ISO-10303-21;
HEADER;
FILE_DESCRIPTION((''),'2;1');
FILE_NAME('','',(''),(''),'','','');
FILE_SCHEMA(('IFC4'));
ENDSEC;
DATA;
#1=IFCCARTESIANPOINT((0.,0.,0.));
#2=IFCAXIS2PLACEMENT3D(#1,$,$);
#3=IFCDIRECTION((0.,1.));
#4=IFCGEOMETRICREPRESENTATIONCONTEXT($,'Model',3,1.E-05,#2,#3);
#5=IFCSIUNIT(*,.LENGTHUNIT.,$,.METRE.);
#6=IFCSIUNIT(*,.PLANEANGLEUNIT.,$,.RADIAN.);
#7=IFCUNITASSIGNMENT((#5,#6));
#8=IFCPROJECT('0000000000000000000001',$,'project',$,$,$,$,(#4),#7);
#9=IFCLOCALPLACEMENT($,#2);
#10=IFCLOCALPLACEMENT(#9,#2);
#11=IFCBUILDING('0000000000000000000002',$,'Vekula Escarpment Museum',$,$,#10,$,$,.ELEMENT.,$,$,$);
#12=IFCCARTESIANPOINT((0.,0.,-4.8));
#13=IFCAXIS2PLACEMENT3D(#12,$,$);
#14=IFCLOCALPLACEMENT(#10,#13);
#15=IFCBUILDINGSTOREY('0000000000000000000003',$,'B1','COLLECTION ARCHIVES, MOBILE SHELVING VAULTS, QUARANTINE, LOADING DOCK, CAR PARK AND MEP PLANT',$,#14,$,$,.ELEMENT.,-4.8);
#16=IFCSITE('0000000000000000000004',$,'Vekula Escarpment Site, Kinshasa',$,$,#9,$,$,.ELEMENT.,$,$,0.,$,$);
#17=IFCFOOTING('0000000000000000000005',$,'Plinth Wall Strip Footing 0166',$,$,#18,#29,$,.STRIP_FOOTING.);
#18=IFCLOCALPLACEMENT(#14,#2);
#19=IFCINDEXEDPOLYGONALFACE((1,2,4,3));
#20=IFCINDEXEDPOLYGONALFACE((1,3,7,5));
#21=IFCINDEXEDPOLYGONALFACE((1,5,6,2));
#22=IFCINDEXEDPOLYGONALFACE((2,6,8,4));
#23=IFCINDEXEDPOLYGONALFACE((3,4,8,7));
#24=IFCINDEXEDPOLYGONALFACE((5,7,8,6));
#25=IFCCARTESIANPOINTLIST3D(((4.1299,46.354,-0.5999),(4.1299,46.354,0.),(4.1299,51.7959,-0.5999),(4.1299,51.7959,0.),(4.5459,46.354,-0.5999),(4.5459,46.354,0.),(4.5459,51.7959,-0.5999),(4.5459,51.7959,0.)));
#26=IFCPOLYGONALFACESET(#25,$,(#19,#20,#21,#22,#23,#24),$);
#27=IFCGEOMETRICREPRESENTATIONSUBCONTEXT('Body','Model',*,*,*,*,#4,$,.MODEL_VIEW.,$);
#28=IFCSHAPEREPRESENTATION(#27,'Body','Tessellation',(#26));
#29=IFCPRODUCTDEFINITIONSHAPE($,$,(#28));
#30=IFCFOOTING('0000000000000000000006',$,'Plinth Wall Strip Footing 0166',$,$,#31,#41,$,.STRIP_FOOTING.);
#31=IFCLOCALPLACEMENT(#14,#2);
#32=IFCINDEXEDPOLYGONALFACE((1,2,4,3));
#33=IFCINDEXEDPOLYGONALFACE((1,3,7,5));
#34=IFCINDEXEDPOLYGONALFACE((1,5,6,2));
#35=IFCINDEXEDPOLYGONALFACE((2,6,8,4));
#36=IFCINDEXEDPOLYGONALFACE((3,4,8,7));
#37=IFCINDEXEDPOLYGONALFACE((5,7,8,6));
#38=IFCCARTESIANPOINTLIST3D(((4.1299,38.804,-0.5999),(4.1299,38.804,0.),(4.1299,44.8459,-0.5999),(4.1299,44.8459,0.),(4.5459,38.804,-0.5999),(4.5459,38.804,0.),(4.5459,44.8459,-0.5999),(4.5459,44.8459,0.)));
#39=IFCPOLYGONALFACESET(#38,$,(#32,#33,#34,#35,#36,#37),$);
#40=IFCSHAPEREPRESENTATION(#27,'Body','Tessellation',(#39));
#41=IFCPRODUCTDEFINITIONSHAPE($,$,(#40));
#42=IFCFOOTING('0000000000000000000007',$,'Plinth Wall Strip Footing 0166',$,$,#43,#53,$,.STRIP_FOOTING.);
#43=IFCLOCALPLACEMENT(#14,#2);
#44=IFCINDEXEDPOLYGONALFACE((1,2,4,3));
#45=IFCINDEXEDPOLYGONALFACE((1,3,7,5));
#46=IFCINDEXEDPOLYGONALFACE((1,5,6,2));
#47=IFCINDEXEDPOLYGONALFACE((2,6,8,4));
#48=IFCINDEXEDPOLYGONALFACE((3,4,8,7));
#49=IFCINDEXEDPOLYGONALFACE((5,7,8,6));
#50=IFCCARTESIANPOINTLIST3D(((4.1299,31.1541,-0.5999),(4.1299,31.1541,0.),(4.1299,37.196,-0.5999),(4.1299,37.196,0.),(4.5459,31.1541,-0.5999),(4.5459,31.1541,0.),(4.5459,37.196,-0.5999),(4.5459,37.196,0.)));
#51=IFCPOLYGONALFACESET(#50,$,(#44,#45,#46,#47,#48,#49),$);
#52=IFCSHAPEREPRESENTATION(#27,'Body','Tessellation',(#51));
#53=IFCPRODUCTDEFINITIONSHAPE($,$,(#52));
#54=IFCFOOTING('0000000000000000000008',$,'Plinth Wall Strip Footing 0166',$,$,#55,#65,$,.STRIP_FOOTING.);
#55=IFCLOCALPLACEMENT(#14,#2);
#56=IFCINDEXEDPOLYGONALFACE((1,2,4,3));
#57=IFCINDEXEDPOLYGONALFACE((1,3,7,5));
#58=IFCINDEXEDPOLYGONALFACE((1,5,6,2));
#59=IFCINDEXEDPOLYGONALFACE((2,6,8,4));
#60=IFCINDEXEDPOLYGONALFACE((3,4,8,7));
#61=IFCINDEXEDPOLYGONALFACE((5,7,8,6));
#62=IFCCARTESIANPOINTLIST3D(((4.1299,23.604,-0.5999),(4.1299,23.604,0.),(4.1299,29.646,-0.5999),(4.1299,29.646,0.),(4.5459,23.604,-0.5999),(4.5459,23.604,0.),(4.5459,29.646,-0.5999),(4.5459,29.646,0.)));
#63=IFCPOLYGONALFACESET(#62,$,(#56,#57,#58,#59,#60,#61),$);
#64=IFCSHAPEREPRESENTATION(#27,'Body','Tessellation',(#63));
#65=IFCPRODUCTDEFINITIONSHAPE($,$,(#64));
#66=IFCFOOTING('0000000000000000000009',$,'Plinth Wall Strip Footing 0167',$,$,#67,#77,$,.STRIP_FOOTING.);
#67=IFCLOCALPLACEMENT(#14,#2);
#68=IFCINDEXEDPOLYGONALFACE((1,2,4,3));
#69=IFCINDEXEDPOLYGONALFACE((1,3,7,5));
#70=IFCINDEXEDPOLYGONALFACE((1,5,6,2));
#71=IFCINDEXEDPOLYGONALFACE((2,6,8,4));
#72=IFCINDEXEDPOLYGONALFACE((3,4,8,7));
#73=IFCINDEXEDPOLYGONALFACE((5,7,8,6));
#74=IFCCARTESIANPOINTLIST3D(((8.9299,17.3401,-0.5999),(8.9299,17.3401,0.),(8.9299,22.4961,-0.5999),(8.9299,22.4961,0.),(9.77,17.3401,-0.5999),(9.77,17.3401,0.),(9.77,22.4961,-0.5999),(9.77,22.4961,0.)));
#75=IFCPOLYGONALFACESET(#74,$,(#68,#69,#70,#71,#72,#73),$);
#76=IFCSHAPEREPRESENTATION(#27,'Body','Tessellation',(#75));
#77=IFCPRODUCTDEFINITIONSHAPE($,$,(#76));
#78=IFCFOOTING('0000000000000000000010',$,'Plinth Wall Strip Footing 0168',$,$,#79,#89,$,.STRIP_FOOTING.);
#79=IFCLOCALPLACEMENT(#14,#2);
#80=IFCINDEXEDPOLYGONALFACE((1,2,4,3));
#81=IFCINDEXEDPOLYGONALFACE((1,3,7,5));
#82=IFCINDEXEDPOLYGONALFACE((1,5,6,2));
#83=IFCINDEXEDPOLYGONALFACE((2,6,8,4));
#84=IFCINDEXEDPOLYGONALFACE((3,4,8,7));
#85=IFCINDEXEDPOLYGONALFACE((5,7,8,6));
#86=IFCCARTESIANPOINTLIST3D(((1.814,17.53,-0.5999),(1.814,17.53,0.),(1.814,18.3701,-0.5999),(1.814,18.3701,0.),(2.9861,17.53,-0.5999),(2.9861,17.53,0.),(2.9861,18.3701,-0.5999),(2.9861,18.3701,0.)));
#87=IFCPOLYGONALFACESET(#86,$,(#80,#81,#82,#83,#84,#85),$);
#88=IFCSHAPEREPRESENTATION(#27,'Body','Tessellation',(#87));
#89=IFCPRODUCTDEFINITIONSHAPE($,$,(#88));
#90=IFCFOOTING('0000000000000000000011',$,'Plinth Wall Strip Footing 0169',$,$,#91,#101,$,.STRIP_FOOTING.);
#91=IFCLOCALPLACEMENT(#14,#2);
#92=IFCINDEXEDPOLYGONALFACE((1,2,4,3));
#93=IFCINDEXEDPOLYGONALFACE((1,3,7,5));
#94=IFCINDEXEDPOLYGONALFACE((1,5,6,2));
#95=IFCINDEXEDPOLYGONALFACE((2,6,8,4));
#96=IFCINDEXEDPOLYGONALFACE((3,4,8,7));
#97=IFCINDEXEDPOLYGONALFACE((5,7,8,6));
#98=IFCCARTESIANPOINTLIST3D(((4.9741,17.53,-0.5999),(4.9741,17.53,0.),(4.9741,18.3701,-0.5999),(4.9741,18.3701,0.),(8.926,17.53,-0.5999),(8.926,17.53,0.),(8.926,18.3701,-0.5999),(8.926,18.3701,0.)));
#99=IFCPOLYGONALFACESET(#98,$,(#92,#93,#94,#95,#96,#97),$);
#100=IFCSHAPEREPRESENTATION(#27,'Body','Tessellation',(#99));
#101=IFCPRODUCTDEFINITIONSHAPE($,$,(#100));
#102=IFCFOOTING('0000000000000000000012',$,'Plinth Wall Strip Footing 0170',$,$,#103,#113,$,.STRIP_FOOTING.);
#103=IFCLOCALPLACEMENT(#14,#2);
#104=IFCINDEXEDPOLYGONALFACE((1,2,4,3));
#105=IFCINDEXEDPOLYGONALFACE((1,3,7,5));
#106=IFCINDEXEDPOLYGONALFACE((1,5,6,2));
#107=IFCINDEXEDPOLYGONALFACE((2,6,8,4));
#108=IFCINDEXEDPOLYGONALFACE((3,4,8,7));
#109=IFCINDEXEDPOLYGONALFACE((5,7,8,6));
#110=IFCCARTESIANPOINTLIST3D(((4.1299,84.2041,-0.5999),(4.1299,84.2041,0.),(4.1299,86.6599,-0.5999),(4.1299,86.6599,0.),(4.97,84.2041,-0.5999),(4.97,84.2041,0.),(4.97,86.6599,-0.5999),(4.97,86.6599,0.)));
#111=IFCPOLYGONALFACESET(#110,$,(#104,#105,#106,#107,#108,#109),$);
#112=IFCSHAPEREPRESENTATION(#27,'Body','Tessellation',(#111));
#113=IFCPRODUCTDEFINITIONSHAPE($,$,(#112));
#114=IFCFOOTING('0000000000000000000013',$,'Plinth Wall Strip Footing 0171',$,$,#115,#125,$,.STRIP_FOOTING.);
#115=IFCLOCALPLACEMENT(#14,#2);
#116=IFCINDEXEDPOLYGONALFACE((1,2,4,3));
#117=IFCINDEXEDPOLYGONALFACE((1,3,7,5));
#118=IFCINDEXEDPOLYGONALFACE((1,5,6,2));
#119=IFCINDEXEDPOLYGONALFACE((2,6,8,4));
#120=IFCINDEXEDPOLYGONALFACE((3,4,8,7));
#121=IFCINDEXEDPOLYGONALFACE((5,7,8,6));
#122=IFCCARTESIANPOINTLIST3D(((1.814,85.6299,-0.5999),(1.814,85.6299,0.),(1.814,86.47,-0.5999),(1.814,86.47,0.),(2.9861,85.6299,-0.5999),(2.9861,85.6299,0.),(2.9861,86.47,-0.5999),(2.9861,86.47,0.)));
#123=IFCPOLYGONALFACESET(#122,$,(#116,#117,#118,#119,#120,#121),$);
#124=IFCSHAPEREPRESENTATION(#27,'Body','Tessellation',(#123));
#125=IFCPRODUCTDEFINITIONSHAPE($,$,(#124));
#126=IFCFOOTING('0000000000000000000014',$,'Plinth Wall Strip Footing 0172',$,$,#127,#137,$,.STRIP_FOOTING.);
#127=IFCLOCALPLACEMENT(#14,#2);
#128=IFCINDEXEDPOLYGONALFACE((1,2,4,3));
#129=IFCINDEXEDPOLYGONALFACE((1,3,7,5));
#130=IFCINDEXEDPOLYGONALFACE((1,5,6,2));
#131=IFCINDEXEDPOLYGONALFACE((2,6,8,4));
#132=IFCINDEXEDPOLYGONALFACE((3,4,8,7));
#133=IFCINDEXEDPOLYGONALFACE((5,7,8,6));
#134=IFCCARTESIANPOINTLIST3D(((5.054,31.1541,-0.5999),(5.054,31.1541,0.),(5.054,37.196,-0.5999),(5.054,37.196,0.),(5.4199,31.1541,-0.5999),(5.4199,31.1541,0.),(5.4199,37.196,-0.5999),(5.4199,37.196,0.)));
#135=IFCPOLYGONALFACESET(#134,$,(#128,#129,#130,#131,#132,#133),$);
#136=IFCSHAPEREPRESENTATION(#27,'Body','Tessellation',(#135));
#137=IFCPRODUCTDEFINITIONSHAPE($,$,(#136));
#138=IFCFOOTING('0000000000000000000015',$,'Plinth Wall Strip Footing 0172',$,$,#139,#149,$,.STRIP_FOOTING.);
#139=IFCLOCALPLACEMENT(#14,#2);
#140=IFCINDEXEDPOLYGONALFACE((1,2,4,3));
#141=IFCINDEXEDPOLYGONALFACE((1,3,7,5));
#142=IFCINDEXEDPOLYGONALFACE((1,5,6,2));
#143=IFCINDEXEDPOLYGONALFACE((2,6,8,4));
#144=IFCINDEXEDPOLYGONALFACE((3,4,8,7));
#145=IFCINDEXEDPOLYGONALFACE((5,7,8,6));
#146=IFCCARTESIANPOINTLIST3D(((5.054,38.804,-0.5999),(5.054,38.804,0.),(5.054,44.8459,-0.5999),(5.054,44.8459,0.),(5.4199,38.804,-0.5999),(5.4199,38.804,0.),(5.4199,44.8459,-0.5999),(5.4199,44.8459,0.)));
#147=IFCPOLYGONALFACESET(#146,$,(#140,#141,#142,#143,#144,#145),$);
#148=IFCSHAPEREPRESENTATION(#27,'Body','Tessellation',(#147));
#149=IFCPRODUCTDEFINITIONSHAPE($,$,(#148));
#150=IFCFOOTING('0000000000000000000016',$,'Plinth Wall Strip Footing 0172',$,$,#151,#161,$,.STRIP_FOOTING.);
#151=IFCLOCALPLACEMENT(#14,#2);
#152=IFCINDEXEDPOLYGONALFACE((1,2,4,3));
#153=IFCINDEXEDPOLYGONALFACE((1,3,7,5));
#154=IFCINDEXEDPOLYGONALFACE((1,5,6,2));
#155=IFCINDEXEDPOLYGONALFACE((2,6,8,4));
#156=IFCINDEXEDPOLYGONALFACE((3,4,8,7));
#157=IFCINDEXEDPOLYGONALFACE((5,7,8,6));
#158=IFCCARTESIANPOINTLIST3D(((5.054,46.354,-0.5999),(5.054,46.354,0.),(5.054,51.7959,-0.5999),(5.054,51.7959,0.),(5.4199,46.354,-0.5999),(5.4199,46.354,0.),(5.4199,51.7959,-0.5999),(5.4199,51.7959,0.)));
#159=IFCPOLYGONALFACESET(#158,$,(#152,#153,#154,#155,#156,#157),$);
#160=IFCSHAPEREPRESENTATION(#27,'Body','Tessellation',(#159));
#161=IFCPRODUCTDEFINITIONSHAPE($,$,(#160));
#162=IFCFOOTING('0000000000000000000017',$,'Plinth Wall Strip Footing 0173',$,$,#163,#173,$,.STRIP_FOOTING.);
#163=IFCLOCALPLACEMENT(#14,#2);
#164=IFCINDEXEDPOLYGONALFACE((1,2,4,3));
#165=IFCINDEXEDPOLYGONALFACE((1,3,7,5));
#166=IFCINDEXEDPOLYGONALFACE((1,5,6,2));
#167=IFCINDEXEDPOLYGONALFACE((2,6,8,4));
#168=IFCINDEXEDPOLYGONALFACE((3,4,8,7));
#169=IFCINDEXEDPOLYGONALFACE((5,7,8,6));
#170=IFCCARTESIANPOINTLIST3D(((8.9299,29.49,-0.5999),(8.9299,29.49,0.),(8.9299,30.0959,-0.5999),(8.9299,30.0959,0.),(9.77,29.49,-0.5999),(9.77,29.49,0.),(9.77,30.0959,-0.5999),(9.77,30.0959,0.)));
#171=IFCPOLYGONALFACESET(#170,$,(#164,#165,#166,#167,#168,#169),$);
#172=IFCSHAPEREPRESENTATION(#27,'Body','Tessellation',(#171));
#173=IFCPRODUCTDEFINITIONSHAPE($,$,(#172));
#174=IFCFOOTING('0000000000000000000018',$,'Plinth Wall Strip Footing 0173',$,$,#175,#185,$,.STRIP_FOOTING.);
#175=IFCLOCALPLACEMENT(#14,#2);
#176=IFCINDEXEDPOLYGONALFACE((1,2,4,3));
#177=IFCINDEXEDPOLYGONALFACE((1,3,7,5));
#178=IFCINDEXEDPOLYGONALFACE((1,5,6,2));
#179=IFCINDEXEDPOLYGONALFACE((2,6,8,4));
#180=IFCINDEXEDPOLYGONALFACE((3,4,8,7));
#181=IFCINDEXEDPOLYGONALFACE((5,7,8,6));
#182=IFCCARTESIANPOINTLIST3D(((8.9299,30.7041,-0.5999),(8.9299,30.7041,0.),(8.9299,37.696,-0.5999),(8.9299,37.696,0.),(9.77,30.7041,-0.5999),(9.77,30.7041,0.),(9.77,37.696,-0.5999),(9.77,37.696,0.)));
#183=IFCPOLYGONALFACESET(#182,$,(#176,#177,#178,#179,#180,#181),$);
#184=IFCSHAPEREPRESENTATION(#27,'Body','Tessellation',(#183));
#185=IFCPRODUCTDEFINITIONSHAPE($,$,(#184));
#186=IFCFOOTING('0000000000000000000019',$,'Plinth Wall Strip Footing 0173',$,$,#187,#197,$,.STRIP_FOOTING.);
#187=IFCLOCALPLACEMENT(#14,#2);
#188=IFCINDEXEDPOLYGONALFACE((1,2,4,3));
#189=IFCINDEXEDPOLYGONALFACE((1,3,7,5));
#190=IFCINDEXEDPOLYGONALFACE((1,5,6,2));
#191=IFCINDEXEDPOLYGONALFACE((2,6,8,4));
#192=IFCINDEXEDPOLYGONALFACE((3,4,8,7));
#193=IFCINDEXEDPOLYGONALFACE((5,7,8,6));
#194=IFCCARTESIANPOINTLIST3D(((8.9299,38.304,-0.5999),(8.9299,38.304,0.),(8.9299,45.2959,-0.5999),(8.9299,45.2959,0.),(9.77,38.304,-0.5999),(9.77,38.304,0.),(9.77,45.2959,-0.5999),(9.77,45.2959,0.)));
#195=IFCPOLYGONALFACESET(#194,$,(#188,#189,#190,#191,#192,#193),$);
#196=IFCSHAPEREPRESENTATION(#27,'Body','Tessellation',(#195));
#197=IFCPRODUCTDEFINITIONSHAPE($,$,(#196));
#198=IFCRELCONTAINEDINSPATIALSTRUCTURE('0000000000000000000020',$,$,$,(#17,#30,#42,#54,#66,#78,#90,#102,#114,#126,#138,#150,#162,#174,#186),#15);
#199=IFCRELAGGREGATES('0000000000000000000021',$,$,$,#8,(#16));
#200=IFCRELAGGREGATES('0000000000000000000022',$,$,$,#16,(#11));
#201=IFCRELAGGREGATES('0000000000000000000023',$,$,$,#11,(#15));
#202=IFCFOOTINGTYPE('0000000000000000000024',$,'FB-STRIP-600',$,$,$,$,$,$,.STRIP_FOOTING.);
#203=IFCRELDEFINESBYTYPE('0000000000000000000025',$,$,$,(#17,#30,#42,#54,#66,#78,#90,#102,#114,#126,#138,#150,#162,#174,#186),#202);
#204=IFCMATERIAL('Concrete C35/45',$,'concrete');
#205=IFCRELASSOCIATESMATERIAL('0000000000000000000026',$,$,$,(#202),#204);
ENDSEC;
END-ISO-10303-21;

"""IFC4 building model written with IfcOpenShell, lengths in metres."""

from ifc_helpers import new_model, si_unit, direction, frame, origin, place, context, subcontext, project, spatial, polyline, outline, extrude, material, type_object, element, save


model = new_model("IFC4")

# Units and contexts
model_context = context("Model", 3, precision=1e-05, world=origin(), true_north=direction((0.0, 1.0)))
body_context = subcontext(model_context, "Body", "Model", "MODEL_VIEW")
ifc_project = project(units=[si_unit("LENGTHUNIT", "METRE"), si_unit("PLANEANGLEUNIT", "RADIAN")], contexts=[model_context])

# Site, building, storey
site_placement = place(None, origin())
site = spatial("IfcSite", under=ifc_project, at=site_placement, Name="Vekula Escarpment Site, Kinshasa", CompositionType="ELEMENT", RefElevation=0.0)
building_placement = place(site_placement, origin())
building = spatial("IfcBuilding", under=site, at=building_placement, Name="Vekula Escarpment Museum", CompositionType="ELEMENT")
storey_placement = place(building_placement, frame((0.0, 0.0, -4.8)))
storey = spatial("IfcBuildingStorey", under=building, at=storey_placement, Name="B1", Description="COLLECTION ARCHIVES, MOBILE SHELVING VAULTS, QUARANTINE, LOADING DOCK, CAR PARK AND MEP PLANT", CompositionType="ELEMENT", Elevation=-4.8)

# Footings
ifc_material = material(Name="Concrete C35/45", Category="concrete")
footing_type = type_object("IfcFootingType", Name="FB-STRIP-600", PredefinedType="STRIP_FOOTING", material=ifc_material)
footing_1_placement = place(storey_placement, frame((0.0, 0.0, -0.5999)))
element("IfcFooting", 1, at=footing_1_placement, inside=storey, type_object=footing_type, Name="Plinth Wall Strip Footing 0166", PredefinedType="STRIP_FOOTING", context=body_context, shape_type="SweptSolid", body=[
    extrude(outline(polyline([(4.1299, 51.7959), (4.5459, 51.7959), (4.5459, 46.354), (4.1299, 46.354), (4.1299, 51.7959)])), origin(), (0.0, 0.0, 1.0), 0.5999),
])
footing_2_placement = place(storey_placement, frame((0.0, 0.0, -0.5999)))
element("IfcFooting", 2, at=footing_2_placement, inside=storey, type_object=footing_type, Name="Plinth Wall Strip Footing 0166", PredefinedType="STRIP_FOOTING", context=body_context, shape_type="SweptSolid", body=[
    extrude(outline(polyline([(4.1299, 44.8459), (4.5459, 44.8459), (4.5459, 38.804), (4.1299, 38.804), (4.1299, 44.8459)])), origin(), (0.0, 0.0, 1.0), 0.5999),
])
footing_3_placement = place(storey_placement, frame((0.0, 0.0, -0.5999)))
element("IfcFooting", 3, at=footing_3_placement, inside=storey, type_object=footing_type, Name="Plinth Wall Strip Footing 0166", PredefinedType="STRIP_FOOTING", context=body_context, shape_type="SweptSolid", body=[
    extrude(outline(polyline([(4.1299, 37.196), (4.5459, 37.196), (4.5459, 31.1541), (4.1299, 31.1541), (4.1299, 37.196)])), origin(), (0.0, 0.0, 1.0), 0.5999),
])
footing_4_placement = place(storey_placement, frame((0.0, 0.0, -0.5999)))
element("IfcFooting", 4, at=footing_4_placement, inside=storey, type_object=footing_type, Name="Plinth Wall Strip Footing 0166", PredefinedType="STRIP_FOOTING", context=body_context, shape_type="SweptSolid", body=[
    extrude(outline(polyline([(4.1299, 29.646), (4.5459, 29.646), (4.5459, 23.604), (4.1299, 23.604), (4.1299, 29.646)])), origin(), (0.0, 0.0, 1.0), 0.5999),
])
footing_5_placement = place(storey_placement, frame((0.0, 0.0, -0.5999)))
element("IfcFooting", 5, at=footing_5_placement, inside=storey, type_object=footing_type, Name="Plinth Wall Strip Footing 0167", PredefinedType="STRIP_FOOTING", context=body_context, shape_type="SweptSolid", body=[
    extrude(outline(polyline([(9.77, 17.3401), (8.9299, 17.3401), (8.9299, 22.4961), (9.77, 22.4961), (9.77, 17.3401)])), origin(), (0.0, 0.0, 1.0), 0.5999),
])
footing_6_placement = place(storey_placement, frame((0.0, 0.0, -0.5999)))
element("IfcFooting", 6, at=footing_6_placement, inside=storey, type_object=footing_type, Name="Plinth Wall Strip Footing 0168", PredefinedType="STRIP_FOOTING", context=body_context, shape_type="SweptSolid", body=[
    extrude(outline(polyline([(1.814, 17.53), (1.814, 18.3701), (2.9861, 18.3701), (2.9861, 17.53), (1.814, 17.53)])), origin(), (0.0, 0.0, 1.0), 0.5999),
])
footing_7_placement = place(storey_placement, frame((0.0, 0.0, -0.5999)))
element("IfcFooting", 7, at=footing_7_placement, inside=storey, type_object=footing_type, Name="Plinth Wall Strip Footing 0169", PredefinedType="STRIP_FOOTING", context=body_context, shape_type="SweptSolid", body=[
    extrude(outline(polyline([(4.9741, 17.53), (4.9741, 18.3701), (8.926, 18.3701), (8.926, 17.53), (4.9741, 17.53)])), origin(), (0.0, 0.0, 1.0), 0.5999),
])
footing_8_placement = place(storey_placement, frame((0.0, 0.0, -0.5999)))
element("IfcFooting", 8, at=footing_8_placement, inside=storey, type_object=footing_type, Name="Plinth Wall Strip Footing 0170", PredefinedType="STRIP_FOOTING", context=body_context, shape_type="SweptSolid", body=[
    extrude(outline(polyline([(4.1299, 86.6599), (4.97, 86.6599), (4.97, 84.2041), (4.1299, 84.2041), (4.1299, 86.6599)])), origin(), (0.0, 0.0, 1.0), 0.5999),
])
footing_9_placement = place(storey_placement, frame((0.0, 0.0, -0.5999)))
element("IfcFooting", 9, at=footing_9_placement, inside=storey, type_object=footing_type, Name="Plinth Wall Strip Footing 0171", PredefinedType="STRIP_FOOTING", context=body_context, shape_type="SweptSolid", body=[
    extrude(outline(polyline([(1.814, 85.6299), (1.814, 86.47), (2.9861, 86.47), (2.9861, 85.6299), (1.814, 85.6299)])), origin(), (0.0, 0.0, 1.0), 0.5999),
])
footing_10_placement = place(storey_placement, frame((0.0, 0.0, -0.5999)))
element("IfcFooting", 10, at=footing_10_placement, inside=storey, type_object=footing_type, Name="Plinth Wall Strip Footing 0172", PredefinedType="STRIP_FOOTING", context=body_context, shape_type="SweptSolid", body=[
    extrude(outline(polyline([(5.4199, 31.1541), (5.054, 31.1541), (5.054, 37.196), (5.4199, 37.196), (5.4199, 31.1541)])), origin(), (0.0, 0.0, 1.0), 0.5999),
])
footing_11_placement = place(storey_placement, frame((0.0, 0.0, -0.5999)))
element("IfcFooting", 11, at=footing_11_placement, inside=storey, type_object=footing_type, Name="Plinth Wall Strip Footing 0172", PredefinedType="STRIP_FOOTING", context=body_context, shape_type="SweptSolid", body=[
    extrude(outline(polyline([(5.4199, 38.804), (5.054, 38.804), (5.054, 44.8459), (5.4199, 44.8459), (5.4199, 38.804)])), origin(), (0.0, 0.0, 1.0), 0.5999),
])
footing_12_placement = place(storey_placement, frame((0.0, 0.0, -0.5999)))
element("IfcFooting", 12, at=footing_12_placement, inside=storey, type_object=footing_type, Name="Plinth Wall Strip Footing 0172", PredefinedType="STRIP_FOOTING", context=body_context, shape_type="SweptSolid", body=[
    extrude(outline(polyline([(5.4199, 46.354), (5.054, 46.354), (5.054, 51.7959), (5.4199, 51.7959), (5.4199, 46.354)])), origin(), (0.0, 0.0, 1.0), 0.5999),
])
footing_13_placement = place(storey_placement, frame((0.0, 0.0, -0.5999)))
element("IfcFooting", 13, at=footing_13_placement, inside=storey, type_object=footing_type, Name="Plinth Wall Strip Footing 0173", PredefinedType="STRIP_FOOTING", context=body_context, shape_type="SweptSolid", body=[
    extrude(outline(polyline([(9.77, 29.49), (8.9299, 29.49), (8.9299, 30.0959), (9.77, 30.0959), (9.77, 29.49)])), origin(), (0.0, 0.0, 1.0), 0.5999),
])
footing_14_placement = place(storey_placement, frame((0.0, 0.0, -0.5999)))
element("IfcFooting", 14, at=footing_14_placement, inside=storey, type_object=footing_type, Name="Plinth Wall Strip Footing 0173", PredefinedType="STRIP_FOOTING", context=body_context, shape_type="SweptSolid", body=[
    extrude(outline(polyline([(9.77, 30.7041), (8.9299, 30.7041), (8.9299, 37.696), (9.77, 37.696), (9.77, 30.7041)])), origin(), (0.0, 0.0, 1.0), 0.5999),
])
footing_15_placement = place(storey_placement, frame((0.0, 0.0, -0.5999)))
element("IfcFooting", 15, at=footing_15_placement, inside=storey, type_object=footing_type, Name="Plinth Wall Strip Footing 0173", PredefinedType="STRIP_FOOTING", context=body_context, shape_type="SweptSolid", body=[
    extrude(outline(polyline([(9.77, 38.304), (8.9299, 38.304), (8.9299, 45.2959), (9.77, 45.2959), (9.77, 38.304)])), origin(), (0.0, 0.0, 1.0), 0.5999),
])

save(model, "model.ifc")
